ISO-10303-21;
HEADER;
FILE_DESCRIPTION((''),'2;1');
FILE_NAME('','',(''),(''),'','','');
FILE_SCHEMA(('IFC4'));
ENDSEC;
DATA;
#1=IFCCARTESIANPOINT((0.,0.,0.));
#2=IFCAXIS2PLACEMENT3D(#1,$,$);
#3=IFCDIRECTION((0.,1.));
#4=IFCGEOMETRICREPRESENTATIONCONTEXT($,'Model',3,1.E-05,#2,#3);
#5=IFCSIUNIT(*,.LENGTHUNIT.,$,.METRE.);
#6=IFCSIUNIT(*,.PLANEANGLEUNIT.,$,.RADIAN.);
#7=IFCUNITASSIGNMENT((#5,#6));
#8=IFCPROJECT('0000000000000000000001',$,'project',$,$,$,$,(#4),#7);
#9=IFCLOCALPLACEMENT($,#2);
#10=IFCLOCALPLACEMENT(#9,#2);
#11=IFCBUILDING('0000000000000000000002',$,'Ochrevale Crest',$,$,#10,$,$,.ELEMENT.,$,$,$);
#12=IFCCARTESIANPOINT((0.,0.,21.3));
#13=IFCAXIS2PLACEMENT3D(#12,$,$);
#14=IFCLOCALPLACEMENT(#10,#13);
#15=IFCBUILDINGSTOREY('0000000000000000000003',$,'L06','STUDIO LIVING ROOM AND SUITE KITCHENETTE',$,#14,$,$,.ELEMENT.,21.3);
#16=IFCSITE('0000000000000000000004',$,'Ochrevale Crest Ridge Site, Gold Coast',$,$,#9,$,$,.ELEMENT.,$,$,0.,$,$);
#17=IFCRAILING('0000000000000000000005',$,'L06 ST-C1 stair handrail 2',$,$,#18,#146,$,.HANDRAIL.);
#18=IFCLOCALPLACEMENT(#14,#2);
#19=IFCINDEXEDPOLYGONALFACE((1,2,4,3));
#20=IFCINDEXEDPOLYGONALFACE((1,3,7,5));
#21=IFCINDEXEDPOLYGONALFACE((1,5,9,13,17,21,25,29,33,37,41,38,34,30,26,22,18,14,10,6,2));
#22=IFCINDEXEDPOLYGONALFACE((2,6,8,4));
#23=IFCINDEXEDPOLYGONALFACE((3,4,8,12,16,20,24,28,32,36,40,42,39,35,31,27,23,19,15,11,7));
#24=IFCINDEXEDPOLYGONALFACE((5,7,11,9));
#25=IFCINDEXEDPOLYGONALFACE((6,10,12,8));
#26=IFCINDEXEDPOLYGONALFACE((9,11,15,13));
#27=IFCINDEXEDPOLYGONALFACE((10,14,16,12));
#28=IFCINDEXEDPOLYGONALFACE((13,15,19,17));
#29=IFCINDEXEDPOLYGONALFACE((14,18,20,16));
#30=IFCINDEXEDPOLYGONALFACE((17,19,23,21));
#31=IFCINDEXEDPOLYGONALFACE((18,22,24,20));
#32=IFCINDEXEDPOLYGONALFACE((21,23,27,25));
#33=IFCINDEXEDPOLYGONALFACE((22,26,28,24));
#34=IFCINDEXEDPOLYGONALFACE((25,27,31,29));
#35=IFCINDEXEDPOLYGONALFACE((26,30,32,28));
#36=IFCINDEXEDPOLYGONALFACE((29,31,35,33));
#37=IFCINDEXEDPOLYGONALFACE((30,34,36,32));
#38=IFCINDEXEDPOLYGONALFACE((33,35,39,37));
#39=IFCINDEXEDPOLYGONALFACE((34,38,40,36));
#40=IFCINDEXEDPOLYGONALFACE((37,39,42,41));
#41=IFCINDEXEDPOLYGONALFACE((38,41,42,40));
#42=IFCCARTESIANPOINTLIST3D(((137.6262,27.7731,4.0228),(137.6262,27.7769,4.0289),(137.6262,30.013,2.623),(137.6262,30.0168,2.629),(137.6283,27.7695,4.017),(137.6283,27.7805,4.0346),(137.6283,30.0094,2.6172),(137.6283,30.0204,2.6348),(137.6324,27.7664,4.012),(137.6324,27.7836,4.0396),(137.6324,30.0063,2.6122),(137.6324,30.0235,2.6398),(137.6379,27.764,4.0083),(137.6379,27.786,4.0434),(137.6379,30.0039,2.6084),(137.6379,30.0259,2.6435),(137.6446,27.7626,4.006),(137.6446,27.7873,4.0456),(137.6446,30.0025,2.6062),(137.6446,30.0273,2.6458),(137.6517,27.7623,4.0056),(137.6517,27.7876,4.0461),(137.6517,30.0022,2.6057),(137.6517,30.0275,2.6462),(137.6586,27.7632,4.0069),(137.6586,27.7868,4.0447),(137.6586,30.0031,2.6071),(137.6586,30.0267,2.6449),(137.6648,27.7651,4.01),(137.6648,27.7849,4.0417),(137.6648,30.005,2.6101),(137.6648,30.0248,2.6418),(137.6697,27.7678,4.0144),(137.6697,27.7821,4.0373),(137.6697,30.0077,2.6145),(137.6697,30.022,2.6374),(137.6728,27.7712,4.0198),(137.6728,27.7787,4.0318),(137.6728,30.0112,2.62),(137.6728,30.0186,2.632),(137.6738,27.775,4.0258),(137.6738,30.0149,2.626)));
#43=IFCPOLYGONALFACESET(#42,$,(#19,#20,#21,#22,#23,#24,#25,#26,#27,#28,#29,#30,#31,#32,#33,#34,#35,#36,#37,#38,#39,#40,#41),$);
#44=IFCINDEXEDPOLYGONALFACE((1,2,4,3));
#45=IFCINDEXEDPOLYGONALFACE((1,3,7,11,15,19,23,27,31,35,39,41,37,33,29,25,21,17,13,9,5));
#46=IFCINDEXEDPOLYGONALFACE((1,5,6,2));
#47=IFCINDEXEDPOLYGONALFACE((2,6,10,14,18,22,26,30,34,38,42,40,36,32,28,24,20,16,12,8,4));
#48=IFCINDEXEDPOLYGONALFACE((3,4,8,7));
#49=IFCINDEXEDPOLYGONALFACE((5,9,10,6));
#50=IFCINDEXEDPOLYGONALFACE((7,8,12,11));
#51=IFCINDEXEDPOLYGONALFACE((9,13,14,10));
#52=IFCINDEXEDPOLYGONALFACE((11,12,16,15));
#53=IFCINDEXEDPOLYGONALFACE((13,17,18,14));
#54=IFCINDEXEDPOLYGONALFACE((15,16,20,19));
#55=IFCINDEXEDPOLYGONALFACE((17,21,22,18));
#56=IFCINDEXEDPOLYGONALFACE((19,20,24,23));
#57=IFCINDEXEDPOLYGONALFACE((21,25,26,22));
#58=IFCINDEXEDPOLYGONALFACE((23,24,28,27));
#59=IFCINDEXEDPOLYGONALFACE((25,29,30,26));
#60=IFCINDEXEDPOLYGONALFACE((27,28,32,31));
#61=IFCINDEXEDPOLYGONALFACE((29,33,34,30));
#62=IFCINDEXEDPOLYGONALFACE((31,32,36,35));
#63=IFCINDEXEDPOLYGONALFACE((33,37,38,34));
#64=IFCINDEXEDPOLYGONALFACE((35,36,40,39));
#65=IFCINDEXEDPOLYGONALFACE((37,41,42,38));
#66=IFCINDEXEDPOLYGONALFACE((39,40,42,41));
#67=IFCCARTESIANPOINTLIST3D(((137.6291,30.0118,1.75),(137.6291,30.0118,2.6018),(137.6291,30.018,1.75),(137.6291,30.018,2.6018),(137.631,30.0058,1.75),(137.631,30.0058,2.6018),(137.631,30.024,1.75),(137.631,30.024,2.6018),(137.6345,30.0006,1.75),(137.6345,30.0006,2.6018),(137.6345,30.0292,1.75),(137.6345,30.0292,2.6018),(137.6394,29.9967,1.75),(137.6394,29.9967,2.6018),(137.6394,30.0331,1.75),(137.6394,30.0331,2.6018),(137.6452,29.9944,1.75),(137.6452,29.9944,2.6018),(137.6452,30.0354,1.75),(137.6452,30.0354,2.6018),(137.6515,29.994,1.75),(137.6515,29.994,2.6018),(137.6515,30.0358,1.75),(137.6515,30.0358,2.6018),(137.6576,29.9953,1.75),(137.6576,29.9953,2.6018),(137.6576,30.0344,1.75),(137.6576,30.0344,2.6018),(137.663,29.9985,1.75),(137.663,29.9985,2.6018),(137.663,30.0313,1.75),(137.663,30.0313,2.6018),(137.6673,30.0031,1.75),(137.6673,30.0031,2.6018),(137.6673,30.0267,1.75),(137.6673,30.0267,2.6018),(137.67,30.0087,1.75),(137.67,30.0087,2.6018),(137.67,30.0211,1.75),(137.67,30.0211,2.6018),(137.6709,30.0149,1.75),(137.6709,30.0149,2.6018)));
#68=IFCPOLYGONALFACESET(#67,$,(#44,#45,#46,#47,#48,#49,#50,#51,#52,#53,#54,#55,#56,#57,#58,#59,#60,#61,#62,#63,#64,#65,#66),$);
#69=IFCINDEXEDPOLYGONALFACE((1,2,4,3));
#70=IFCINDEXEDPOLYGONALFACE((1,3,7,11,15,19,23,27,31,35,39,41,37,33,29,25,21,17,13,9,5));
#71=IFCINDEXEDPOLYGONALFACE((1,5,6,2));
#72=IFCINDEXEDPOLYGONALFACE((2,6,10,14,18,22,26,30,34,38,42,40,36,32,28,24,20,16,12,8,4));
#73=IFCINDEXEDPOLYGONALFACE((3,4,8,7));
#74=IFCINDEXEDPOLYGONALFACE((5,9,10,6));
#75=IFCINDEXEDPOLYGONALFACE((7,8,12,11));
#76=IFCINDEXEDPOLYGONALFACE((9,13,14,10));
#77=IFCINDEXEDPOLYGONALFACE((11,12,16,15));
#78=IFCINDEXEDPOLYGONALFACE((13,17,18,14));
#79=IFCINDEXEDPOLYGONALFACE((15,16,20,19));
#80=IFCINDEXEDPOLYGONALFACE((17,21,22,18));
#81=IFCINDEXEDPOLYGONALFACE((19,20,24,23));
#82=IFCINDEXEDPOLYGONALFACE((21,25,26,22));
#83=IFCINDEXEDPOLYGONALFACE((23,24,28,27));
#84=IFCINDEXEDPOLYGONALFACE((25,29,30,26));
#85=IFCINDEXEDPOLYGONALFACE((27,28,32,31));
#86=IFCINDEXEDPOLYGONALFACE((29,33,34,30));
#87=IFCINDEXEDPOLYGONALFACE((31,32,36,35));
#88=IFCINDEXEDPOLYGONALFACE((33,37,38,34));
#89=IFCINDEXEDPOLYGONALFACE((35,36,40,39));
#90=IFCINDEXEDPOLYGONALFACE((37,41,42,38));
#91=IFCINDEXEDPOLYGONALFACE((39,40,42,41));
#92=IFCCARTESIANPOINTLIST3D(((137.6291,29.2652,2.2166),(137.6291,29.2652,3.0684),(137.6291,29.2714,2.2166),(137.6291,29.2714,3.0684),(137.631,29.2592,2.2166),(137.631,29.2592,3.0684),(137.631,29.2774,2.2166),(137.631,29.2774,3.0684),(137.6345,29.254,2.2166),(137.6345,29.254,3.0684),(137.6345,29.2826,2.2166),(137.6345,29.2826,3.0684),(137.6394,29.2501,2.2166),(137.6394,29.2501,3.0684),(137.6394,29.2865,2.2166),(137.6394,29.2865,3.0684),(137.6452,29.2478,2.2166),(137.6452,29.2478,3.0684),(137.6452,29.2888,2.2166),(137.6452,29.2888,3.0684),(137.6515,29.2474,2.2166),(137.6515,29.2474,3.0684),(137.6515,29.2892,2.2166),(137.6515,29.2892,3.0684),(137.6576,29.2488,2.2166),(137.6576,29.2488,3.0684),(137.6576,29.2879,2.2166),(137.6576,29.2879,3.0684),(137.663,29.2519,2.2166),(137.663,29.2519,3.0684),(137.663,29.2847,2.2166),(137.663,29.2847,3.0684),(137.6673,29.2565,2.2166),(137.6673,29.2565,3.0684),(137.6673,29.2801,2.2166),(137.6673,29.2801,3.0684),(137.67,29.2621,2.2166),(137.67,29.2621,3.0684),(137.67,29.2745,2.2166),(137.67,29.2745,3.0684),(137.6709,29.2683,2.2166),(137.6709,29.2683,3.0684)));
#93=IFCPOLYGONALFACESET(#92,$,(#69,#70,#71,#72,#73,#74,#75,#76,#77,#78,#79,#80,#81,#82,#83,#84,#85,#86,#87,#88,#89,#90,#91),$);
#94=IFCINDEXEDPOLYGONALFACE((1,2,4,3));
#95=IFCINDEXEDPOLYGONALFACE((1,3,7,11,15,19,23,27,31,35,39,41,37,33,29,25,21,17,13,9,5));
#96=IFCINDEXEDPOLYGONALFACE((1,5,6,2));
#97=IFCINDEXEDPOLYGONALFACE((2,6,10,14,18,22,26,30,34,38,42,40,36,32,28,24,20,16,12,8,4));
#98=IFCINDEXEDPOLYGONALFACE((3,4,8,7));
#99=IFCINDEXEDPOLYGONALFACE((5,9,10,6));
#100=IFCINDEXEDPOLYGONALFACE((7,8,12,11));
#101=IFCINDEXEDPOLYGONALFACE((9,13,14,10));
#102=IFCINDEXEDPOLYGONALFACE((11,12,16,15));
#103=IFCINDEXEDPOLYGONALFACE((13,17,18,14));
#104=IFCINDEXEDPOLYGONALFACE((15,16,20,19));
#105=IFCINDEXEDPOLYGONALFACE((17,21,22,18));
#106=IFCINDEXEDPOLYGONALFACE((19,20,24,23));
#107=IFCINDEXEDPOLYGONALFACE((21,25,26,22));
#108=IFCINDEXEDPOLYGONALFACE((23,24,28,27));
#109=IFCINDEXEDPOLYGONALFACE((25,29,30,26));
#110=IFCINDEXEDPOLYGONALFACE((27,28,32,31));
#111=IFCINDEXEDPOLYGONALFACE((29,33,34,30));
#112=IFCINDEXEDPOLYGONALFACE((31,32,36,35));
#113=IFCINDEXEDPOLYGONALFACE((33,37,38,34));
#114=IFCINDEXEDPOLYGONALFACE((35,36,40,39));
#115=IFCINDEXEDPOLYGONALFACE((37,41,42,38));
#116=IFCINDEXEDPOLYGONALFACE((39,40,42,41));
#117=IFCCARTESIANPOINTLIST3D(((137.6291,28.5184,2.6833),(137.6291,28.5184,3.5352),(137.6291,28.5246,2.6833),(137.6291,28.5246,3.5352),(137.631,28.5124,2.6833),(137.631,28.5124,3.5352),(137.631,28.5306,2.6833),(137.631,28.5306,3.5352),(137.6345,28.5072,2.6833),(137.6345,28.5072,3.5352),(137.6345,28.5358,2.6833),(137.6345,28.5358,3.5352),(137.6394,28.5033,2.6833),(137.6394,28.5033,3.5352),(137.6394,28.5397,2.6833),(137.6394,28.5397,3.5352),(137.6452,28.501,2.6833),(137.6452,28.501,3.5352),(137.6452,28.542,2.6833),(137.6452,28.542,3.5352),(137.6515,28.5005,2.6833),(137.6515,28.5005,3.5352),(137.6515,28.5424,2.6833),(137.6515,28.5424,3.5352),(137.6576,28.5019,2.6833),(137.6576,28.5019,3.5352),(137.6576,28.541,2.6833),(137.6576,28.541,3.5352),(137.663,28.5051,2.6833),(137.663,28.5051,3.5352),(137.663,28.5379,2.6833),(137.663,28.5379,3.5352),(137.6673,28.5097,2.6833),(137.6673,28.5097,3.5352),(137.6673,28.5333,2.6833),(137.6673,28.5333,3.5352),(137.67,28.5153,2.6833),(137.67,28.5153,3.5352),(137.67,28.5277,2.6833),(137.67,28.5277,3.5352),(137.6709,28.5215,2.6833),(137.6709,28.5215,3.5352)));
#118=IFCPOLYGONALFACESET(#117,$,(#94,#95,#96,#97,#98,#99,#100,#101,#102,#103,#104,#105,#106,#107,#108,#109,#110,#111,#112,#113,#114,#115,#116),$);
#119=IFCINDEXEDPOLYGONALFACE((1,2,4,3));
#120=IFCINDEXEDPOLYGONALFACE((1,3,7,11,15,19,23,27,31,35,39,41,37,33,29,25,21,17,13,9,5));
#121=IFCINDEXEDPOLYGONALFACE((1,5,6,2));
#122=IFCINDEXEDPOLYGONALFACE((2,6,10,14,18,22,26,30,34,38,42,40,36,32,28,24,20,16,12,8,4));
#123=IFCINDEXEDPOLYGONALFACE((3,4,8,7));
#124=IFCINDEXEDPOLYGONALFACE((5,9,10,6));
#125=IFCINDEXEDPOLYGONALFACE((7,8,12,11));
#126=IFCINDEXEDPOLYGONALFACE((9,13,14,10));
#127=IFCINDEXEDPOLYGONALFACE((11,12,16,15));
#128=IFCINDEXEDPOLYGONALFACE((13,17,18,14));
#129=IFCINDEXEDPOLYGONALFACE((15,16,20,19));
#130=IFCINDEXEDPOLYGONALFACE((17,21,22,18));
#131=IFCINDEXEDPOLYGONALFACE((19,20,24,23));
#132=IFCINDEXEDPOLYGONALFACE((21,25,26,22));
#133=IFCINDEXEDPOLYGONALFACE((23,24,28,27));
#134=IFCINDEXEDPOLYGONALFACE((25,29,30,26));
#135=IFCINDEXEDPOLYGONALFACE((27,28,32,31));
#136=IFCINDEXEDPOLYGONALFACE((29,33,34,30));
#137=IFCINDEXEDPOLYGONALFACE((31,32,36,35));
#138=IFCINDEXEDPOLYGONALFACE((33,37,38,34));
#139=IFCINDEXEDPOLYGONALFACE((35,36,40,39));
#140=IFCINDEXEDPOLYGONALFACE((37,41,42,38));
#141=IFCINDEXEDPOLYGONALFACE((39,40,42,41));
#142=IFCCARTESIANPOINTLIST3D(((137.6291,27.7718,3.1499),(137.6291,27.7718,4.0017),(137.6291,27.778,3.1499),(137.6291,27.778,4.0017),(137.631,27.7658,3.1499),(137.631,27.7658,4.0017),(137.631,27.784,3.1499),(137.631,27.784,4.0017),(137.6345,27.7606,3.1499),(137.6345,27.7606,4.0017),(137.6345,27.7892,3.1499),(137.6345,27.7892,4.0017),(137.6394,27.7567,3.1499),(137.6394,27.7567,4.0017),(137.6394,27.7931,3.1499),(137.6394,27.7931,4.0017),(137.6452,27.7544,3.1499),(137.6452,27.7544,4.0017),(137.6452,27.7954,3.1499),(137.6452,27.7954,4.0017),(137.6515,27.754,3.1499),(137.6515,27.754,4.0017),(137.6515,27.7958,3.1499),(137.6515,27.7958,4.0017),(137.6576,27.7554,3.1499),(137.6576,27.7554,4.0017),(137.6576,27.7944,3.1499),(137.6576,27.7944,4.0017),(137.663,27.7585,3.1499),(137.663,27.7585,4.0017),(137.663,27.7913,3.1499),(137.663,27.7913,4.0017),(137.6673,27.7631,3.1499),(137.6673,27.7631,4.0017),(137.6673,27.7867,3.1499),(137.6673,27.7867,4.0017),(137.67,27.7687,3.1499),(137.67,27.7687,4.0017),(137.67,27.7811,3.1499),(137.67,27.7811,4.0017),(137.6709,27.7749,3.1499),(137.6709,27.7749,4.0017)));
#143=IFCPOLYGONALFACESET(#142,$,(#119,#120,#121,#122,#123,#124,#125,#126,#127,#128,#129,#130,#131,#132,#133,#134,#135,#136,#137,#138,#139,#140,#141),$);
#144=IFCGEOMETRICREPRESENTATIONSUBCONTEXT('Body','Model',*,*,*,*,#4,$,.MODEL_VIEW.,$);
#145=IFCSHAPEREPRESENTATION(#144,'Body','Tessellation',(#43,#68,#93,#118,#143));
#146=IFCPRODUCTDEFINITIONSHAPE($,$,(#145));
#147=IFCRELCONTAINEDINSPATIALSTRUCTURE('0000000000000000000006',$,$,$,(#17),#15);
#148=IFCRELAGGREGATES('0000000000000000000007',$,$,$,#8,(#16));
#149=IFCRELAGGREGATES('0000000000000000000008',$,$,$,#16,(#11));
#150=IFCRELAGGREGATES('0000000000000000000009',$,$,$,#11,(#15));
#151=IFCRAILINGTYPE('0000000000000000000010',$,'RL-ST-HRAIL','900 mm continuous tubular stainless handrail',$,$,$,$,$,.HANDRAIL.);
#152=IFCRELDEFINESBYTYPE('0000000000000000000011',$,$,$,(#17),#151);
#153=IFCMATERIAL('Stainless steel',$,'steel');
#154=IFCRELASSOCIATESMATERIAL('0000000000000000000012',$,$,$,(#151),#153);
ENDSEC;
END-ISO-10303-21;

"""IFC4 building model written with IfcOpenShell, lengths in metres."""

from ifc_helpers import new_model, si_unit, direction, frame, origin, origin_2d, place, context, subcontext, project, spatial, circle, extrude, material, type_object, element, save


model = new_model("IFC4")

# Units and contexts
model_context = context("Model", 3, precision=1e-05, world=origin(), true_north=direction((0.0, 1.0)))
body_context = subcontext(model_context, "Body", "Model", "MODEL_VIEW")
ifc_project = project(units=[si_unit("LENGTHUNIT", "METRE"), si_unit("PLANEANGLEUNIT", "RADIAN")], contexts=[model_context])

# Site, building, storey
site_placement = place(None, origin())
site = spatial("IfcSite", under=ifc_project, at=site_placement, Name="Ochrevale Crest Ridge Site, Gold Coast", CompositionType="ELEMENT", RefElevation=0.0)
building_placement = place(site_placement, origin())
building = spatial("IfcBuilding", under=site, at=building_placement, Name="Ochrevale Crest", CompositionType="ELEMENT")
storey_placement = place(building_placement, frame((0.0, 0.0, 21.3)))
storey = spatial("IfcBuildingStorey", under=building, at=storey_placement, Name="L06", Description="STUDIO LIVING ROOM AND SUITE KITCHENETTE", CompositionType="ELEMENT", Elevation=21.3)

# Railing
ifc_material_1 = material(Name="Stainless steel", Category="steel")
railing_type_1 = type_object("IfcRailingType", Name="RL-ST-HRAIL", Description="900 mm continuous tubular stainless handrail", PredefinedType="HANDRAIL", material=ifc_material_1)
railing_1_placement = place(storey_placement, frame((137.6499, 30.0149, 1.75)))
element("IfcRailing", 1, at=railing_1_placement, inside=storey, type_object=railing_type_1, Name="L06 ST-C1 stair handrail 2", PredefinedType="HANDRAIL", context=body_context, shape_type="SweptSolid", body=[
    extrude(circle(Radius=0.0239, at=origin_2d()), frame((0.0, 0.0, 0.876), z_axis=(0.0, -0.848014, 0.529974), x_axis=(1.0, 0.0, 0.0)), (0.0, 0.0, 1.0), 2.6414),
    extrude(circle(Radius=0.021, at=origin_2d()), origin(), (0.0, 0.0, 1.0), 0.8518),
    extrude(circle(Radius=0.021, at=origin_2d()), frame((0.0, -0.7466, 0.4666)), (0.0, 0.0, 1.0), 0.8518),
    extrude(circle(Radius=0.021, at=origin_2d()), frame((0.0, -1.4934, 0.9333)), (0.0, 0.0, 1.0), 0.8518),
    extrude(circle(Radius=0.021, at=origin_2d()), frame((0.0, -2.24, 1.3999)), (0.0, 0.0, 1.0), 0.8518),
])

save(model, "model.ifc")
